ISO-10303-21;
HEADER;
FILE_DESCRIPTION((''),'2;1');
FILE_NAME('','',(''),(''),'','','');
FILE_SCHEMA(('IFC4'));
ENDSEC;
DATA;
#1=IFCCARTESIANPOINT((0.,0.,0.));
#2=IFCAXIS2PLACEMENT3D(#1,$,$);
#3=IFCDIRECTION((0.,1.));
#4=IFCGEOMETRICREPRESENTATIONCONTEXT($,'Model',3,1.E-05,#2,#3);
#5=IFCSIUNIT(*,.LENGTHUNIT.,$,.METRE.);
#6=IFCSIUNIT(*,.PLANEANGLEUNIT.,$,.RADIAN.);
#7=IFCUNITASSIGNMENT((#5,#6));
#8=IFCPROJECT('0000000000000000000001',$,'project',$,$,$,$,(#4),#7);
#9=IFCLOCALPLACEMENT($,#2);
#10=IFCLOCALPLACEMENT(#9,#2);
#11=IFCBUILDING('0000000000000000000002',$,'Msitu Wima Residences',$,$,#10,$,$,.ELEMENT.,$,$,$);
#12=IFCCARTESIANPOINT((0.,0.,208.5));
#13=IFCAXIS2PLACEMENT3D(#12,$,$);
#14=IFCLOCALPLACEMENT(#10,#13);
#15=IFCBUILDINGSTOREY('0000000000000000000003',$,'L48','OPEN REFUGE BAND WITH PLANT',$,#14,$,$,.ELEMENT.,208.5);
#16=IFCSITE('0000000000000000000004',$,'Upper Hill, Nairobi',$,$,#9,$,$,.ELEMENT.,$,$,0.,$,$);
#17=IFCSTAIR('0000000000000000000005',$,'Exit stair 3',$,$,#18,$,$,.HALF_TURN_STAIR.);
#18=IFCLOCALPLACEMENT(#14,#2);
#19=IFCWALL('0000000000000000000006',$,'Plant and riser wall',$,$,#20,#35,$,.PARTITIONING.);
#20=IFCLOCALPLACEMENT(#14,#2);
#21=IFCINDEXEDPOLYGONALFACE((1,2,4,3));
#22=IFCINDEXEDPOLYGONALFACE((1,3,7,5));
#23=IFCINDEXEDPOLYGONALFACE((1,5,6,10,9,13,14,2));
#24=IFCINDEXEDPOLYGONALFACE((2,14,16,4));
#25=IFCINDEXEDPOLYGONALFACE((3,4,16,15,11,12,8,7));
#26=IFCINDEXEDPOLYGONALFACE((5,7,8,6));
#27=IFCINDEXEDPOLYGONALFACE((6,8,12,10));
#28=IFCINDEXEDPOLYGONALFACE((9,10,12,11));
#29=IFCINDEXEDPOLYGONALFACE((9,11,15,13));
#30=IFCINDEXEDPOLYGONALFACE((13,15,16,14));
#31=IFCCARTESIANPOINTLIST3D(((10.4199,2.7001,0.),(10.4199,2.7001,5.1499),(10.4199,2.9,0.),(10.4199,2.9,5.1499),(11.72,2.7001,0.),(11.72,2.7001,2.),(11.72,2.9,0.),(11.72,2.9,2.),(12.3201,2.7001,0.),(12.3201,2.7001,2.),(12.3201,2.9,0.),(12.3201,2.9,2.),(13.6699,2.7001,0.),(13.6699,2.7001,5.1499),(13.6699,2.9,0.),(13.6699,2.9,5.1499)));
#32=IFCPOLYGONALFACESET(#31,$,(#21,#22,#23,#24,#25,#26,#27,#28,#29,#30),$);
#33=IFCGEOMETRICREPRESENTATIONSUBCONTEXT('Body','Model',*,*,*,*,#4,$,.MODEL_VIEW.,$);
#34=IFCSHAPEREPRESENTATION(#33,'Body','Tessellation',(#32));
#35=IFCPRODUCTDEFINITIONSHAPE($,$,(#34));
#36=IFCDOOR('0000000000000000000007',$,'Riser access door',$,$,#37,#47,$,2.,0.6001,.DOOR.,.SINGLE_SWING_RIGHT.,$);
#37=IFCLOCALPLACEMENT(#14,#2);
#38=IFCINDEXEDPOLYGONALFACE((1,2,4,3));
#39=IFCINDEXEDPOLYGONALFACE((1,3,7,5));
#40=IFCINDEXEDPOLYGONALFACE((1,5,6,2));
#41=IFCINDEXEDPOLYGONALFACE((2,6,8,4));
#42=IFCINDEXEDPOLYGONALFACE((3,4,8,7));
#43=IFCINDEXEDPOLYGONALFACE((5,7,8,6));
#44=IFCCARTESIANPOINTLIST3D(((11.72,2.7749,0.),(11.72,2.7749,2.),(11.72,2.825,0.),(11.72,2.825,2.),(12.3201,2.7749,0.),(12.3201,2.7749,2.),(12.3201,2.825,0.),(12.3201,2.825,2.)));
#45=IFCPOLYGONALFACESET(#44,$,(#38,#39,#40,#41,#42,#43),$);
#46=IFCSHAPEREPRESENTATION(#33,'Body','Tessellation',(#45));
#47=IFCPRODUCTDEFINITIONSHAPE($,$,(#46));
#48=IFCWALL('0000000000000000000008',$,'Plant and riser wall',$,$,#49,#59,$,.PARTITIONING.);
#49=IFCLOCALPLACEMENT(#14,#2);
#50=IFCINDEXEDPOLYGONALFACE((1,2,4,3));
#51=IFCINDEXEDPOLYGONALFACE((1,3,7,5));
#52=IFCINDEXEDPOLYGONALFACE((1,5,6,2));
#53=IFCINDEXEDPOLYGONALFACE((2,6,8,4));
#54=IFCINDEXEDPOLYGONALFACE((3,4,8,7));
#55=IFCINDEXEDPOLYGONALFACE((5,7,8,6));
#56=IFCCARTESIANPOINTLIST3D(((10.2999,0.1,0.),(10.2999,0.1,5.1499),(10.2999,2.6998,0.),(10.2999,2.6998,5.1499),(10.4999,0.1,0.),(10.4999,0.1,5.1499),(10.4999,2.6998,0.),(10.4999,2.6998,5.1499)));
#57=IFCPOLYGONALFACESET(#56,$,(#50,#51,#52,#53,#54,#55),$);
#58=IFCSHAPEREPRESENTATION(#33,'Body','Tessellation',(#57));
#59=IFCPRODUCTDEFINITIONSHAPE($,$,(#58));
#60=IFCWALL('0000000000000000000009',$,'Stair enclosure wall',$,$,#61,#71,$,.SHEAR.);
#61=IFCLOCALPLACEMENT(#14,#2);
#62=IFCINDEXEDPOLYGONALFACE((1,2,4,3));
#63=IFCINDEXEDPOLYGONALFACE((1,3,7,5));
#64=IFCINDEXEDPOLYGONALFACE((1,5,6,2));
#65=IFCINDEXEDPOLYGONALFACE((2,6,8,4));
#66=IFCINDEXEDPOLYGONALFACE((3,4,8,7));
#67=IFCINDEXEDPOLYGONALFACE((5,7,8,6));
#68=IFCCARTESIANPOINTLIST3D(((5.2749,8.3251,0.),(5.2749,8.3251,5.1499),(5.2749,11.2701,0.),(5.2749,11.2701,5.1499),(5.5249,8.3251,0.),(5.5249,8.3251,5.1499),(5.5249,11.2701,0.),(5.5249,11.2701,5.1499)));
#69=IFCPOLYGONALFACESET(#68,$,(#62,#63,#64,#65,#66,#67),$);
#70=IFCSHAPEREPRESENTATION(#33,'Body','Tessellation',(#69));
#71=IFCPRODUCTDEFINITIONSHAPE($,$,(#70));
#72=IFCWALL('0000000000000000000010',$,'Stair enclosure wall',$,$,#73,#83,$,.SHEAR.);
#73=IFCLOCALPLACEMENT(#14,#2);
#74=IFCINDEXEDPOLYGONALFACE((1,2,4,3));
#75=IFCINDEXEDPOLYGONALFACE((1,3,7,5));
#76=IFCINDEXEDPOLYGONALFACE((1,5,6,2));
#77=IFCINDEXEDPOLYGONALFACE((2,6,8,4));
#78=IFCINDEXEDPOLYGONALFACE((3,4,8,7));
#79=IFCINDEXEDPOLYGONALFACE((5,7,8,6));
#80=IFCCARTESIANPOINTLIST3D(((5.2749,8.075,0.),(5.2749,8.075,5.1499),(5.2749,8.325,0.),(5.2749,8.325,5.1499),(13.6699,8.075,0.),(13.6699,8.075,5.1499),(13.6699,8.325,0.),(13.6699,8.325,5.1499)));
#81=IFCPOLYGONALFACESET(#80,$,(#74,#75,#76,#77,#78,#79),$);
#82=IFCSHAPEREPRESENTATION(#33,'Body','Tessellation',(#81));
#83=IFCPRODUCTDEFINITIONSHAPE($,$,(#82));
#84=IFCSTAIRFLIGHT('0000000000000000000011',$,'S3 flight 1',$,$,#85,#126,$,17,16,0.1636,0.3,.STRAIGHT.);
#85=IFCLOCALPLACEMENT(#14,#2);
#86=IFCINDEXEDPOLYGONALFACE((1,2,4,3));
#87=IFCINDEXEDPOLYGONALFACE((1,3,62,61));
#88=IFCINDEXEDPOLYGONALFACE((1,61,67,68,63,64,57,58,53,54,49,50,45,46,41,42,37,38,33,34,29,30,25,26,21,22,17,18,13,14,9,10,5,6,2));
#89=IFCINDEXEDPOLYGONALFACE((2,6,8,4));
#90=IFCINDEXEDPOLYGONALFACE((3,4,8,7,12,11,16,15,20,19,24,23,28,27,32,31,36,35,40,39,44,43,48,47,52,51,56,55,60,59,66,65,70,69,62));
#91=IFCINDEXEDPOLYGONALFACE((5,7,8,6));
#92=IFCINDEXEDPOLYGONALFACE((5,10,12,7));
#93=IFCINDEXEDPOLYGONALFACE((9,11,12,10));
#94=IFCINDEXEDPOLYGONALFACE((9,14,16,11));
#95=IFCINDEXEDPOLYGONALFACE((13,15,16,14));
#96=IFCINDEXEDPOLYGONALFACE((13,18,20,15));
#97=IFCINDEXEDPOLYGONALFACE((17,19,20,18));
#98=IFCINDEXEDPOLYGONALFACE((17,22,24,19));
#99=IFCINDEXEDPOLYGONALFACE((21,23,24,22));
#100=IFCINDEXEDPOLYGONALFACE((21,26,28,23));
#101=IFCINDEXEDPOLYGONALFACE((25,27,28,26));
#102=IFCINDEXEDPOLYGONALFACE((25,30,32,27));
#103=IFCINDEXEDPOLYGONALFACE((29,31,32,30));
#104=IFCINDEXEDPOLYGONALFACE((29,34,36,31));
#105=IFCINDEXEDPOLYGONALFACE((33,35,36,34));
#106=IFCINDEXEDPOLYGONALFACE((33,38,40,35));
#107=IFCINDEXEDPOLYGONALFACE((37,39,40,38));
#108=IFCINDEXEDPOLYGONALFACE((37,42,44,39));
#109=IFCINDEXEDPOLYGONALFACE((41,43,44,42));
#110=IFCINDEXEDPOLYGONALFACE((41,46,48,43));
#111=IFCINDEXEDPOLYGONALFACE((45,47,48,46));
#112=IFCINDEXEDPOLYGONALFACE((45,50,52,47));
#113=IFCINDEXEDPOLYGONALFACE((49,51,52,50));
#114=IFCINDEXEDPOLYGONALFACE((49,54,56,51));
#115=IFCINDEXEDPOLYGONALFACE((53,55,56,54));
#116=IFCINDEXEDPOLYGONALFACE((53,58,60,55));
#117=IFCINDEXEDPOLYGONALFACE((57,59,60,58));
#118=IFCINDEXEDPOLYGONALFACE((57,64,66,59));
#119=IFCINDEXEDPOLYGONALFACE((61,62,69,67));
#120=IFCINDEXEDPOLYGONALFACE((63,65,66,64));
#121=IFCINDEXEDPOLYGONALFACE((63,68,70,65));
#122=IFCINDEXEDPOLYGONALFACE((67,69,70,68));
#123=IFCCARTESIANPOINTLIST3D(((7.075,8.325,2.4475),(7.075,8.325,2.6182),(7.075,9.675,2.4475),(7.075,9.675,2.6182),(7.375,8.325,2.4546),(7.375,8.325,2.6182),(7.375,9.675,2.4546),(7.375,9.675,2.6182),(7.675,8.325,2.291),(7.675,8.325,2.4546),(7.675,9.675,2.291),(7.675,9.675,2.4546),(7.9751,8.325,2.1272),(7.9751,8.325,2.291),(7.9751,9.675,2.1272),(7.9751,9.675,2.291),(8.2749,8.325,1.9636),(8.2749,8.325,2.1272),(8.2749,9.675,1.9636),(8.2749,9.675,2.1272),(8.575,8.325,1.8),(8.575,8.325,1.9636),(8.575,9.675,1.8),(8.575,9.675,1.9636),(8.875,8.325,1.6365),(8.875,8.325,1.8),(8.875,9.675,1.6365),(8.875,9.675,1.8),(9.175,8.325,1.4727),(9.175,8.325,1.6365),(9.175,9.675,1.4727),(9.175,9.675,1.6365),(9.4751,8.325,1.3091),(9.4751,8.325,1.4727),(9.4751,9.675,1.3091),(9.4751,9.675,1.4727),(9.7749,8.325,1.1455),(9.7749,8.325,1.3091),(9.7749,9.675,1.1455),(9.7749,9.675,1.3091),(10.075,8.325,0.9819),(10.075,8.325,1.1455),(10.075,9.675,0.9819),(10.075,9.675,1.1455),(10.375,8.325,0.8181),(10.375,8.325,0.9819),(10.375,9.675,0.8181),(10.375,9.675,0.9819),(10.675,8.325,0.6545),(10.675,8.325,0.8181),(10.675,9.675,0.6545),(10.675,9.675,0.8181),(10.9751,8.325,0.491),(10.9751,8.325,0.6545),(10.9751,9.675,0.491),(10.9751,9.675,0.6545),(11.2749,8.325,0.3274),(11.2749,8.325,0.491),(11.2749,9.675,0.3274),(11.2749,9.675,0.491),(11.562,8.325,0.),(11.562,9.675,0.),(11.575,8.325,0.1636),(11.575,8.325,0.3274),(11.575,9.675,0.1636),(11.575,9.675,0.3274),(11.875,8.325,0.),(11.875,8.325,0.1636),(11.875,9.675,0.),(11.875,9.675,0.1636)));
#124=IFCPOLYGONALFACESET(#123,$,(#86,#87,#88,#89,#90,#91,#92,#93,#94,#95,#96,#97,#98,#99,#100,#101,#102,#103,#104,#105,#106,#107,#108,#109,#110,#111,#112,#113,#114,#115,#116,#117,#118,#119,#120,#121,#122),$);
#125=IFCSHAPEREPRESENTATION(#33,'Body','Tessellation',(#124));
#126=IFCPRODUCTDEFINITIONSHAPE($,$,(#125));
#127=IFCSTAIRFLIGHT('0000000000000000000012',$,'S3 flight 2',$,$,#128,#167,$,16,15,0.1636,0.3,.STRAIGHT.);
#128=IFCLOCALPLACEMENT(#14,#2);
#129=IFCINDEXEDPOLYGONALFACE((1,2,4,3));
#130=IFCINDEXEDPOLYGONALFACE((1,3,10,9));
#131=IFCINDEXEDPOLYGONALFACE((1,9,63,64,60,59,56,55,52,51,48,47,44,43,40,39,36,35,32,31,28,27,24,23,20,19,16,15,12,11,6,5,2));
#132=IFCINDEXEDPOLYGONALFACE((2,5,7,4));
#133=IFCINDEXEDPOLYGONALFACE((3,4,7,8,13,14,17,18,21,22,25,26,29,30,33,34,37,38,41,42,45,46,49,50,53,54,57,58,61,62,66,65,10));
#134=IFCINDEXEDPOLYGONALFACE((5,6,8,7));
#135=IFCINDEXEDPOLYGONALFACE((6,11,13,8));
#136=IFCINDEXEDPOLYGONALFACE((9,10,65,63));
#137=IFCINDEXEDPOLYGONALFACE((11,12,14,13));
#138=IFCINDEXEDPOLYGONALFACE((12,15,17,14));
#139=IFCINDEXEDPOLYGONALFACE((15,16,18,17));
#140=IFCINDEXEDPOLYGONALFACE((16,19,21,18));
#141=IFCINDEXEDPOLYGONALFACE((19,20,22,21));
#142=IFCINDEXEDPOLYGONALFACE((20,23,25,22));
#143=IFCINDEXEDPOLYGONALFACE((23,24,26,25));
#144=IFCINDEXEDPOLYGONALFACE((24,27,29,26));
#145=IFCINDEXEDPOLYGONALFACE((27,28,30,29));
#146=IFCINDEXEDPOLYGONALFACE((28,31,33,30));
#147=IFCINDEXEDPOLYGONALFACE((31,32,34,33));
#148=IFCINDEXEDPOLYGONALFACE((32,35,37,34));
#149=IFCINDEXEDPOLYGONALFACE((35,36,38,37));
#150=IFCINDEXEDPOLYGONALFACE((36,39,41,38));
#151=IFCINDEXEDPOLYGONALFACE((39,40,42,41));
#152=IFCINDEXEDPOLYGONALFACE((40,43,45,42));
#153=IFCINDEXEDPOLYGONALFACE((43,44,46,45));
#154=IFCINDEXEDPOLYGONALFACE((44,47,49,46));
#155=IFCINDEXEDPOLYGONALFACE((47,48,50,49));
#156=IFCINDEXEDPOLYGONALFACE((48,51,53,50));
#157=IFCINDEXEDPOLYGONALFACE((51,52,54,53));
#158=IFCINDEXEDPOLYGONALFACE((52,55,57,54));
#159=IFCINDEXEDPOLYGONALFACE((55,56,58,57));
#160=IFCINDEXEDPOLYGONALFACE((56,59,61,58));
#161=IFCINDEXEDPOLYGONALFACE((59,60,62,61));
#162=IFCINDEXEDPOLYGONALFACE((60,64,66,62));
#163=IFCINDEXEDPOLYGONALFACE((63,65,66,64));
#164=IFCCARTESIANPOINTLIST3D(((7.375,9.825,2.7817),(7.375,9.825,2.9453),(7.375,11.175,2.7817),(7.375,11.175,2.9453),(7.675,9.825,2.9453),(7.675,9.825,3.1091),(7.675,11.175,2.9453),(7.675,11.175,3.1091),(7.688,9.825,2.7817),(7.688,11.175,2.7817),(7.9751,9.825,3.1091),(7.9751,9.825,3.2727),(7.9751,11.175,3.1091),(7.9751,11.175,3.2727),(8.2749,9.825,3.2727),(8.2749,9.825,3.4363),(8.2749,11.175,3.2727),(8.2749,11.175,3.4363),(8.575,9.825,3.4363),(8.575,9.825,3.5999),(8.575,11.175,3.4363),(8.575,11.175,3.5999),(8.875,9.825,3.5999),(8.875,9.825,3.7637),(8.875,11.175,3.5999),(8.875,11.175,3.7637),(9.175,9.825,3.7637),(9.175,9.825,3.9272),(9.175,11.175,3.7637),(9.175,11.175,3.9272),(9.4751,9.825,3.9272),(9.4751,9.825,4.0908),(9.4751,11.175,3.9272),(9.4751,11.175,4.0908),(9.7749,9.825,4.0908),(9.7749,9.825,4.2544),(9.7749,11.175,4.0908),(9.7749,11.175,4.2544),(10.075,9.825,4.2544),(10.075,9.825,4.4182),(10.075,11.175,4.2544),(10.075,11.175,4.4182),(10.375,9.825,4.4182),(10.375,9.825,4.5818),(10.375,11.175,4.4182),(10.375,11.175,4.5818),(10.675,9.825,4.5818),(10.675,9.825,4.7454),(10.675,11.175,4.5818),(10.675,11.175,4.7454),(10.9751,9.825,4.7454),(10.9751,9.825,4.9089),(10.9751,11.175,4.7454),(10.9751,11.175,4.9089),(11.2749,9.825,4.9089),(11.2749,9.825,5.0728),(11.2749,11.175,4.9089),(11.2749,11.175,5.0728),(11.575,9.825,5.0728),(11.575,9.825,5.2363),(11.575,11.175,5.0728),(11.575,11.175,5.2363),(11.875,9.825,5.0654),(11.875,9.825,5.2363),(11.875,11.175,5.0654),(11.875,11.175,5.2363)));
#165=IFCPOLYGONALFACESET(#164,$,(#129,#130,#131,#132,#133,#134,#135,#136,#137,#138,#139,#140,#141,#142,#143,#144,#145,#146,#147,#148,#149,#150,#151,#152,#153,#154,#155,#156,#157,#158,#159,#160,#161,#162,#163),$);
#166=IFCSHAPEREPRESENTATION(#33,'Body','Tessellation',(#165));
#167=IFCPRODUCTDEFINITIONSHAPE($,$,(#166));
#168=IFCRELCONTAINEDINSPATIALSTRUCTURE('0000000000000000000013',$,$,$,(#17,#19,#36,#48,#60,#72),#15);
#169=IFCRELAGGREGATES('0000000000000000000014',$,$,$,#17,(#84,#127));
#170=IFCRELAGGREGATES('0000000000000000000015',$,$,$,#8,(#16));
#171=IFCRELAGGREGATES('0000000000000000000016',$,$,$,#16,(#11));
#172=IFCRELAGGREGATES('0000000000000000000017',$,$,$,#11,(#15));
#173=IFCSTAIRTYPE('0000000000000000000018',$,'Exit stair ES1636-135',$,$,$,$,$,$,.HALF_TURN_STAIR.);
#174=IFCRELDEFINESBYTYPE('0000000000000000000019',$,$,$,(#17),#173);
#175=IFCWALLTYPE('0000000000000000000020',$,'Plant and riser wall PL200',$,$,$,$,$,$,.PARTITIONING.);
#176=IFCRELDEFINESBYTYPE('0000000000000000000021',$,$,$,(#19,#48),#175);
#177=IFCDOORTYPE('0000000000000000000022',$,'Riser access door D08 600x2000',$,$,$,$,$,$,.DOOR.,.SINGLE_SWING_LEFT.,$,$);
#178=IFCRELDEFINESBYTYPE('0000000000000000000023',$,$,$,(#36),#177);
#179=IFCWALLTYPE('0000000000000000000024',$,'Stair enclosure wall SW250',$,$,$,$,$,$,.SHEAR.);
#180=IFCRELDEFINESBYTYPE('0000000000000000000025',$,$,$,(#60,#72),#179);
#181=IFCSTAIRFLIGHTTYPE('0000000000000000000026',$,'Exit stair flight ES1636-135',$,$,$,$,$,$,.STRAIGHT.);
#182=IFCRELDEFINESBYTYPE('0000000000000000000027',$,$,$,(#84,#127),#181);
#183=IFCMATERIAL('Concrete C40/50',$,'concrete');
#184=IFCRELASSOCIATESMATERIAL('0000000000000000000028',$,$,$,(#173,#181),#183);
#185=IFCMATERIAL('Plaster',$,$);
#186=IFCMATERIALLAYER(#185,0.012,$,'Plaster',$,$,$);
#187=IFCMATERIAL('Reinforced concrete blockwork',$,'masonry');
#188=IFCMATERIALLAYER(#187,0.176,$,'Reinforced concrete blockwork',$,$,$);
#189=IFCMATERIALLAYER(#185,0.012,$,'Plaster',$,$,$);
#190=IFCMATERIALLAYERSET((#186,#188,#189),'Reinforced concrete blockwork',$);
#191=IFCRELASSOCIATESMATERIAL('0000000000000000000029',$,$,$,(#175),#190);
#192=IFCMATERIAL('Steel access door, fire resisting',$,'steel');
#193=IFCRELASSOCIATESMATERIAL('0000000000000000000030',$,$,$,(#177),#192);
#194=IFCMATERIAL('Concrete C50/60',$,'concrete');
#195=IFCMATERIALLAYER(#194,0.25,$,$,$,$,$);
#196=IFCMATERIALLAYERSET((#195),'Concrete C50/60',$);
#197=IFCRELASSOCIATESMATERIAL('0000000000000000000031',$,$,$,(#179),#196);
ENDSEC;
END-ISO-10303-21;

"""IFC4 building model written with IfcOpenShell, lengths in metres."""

from ifc_helpers import new_model, si_unit, direction, frame, frame_2d, origin, place, context, subcontext, project, spatial, polyline, rectangle, outline, extrude, material, layer, layer_set, type_object, element, fill, aggregate, save


model = new_model("IFC4")

# Units and contexts
model_context = context("Model", 3, precision=1e-05, world=origin(), true_north=direction((0.0, 1.0)))
body_context = subcontext(model_context, "Body", "Model", "MODEL_VIEW")
ifc_project = project(units=[si_unit("LENGTHUNIT", "METRE"), si_unit("PLANEANGLEUNIT", "RADIAN")], contexts=[model_context])

# Site, building, storey
site_placement = place(None, origin())
site = spatial("IfcSite", under=ifc_project, at=site_placement, Name="Upper Hill, Nairobi", CompositionType="ELEMENT", RefElevation=0.0)
building_placement = place(site_placement, origin())
building = spatial("IfcBuilding", under=site, at=building_placement, Name="Msitu Wima Residences", CompositionType="ELEMENT")
storey_placement = place(building_placement, frame((0.0, 0.0, 208.5)))
storey = spatial("IfcBuildingStorey", under=building, at=storey_placement, Name="L48", Description="OPEN REFUGE BAND WITH PLANT", CompositionType="ELEMENT", Elevation=208.5)

# Shared definitions
ifc_material_1 = material(Name="Concrete C50/60", Category="concrete")
ifc_material_2 = material(Name="Concrete C40/50", Category="concrete")

# Stair
stair_type = type_object("IfcStairType", Name="Exit stair ES1636-135", PredefinedType="HALF_TURN_STAIR", material=ifc_material_2)
stair_1_placement = place(storey_placement, origin())
stair_1 = element("IfcStair", 1, at=stair_1_placement, inside=storey, type_object=stair_type, Name="Exit stair 3", PredefinedType="HALF_TURN_STAIR")

# Shared definitions
ifc_material_3 = material(Name="Plaster")

# Shared definitions
ifc_layer_1 = layer(ifc_material_3, 0.012, Name="Plaster")
ifc_material_4 = material(Name="Reinforced concrete blockwork", Category="masonry")
ifc_layer_2 = layer(ifc_material_4, 0.176, Name="Reinforced concrete blockwork")
ifc_layer_3 = layer(ifc_material_3, 0.012, Name="Plaster")
ifc_layer_set_1 = layer_set([ifc_layer_1, ifc_layer_2, ifc_layer_3], Name="Reinforced concrete blockwork")
wall_type_1 = type_object("IfcWallType", Name="Plant and riser wall PL200", PredefinedType="PARTITIONING", material=ifc_layer_set_1)

# Wall, opening, door
wall_1_placement = place(storey_placement, frame((10.4199, 2.8, 0.0), z_axis=(0.0, 0.0, 1.0), x_axis=(1.0, 0.0, 0.0)))
wall_1 = element("IfcWall", 2, at=wall_1_placement, inside=storey, type_object=wall_type_1, Name="Plant and riser wall", PredefinedType="PARTITIONING", context=body_context, shape_type="SweptSolid", body=[
    extrude(rectangle(XDim=3.25, YDim=0.2, at=frame_2d((1.625, 0.0))), origin(), (0.0, 0.0, 1.0), 5.1499),
])
opening_1_placement = place(wall_1_placement, frame((1.3, 0.0, 0.0)))
opening_1 = element("IfcOpeningElement", 3, at=opening_1_placement, cuts=wall_1, PredefinedType="OPENING", context=body_context, shape_type="SweptSolid", body=[
    extrude(rectangle(XDim=0.6001, YDim=2.0, at=frame_2d((0.3, 1.0))), frame((0.0, 0.1099, 0.0), z_axis=(0.0, -1.0, 0.0), x_axis=(1.0, 0.0, 0.0)), (0.0, 0.0, 1.0), 0.22),
])
ifc_material_5 = material(Name="Steel access door, fire resisting", Category="steel")
door_type_1 = type_object("IfcDoorType", Name="Riser access door D08 600x2000", OperationType="SINGLE_SWING_LEFT", PredefinedType="DOOR", material=ifc_material_5)
door_1_placement = place(opening_1_placement, origin())
door_1 = element("IfcDoor", 4, at=door_1_placement, inside=storey, type_object=door_type_1, Name="Riser access door", OperationType="SINGLE_SWING_RIGHT", OverallHeight=2.0, OverallWidth=0.6001, PredefinedType="DOOR", context=body_context, shape_type="SweptSolid", body=[
    extrude(rectangle(XDim=0.6001, YDim=2.0, at=frame_2d((0.3, 1.0))), frame((0.0, 0.0249, 0.0), z_axis=(0.0, -1.0, 0.0), x_axis=(1.0, 0.0, 0.0)), (0.0, 0.0, 1.0), 0.05),
])
fill(opening_1, door_1)

# Walls
wall_2_placement = place(storey_placement, frame((10.3999, 0.1001, 0.0), z_axis=(0.0, 0.0, 1.0), x_axis=(0.0, 1.0, 0.0)))
element("IfcWall", 5, at=wall_2_placement, inside=storey, type_object=wall_type_1, Name="Plant and riser wall", PredefinedType="PARTITIONING", context=body_context, shape_type="SweptSolid", body=[
    extrude(rectangle(XDim=2.5999, YDim=0.2, at=frame_2d((1.2998, 0.0))), origin(), (0.0, 0.0, 1.0), 5.1499),
])
ifc_layer_4 = layer(ifc_material_1, 0.25)
ifc_layer_set_2 = layer_set([ifc_layer_4], Name="Concrete C50/60")
wall_type_2 = type_object("IfcWallType", Name="Stair enclosure wall SW250", PredefinedType="SHEAR", material=ifc_layer_set_2)
wall_3_placement = place(storey_placement, frame((5.3999, 8.325, 0.0), z_axis=(0.0, 0.0, 1.0), x_axis=(0.0, 1.0, 0.0)))
element("IfcWall", 6, at=wall_3_placement, inside=storey, type_object=wall_type_2, Name="Stair enclosure wall", PredefinedType="SHEAR", context=body_context, shape_type="SweptSolid", body=[
    extrude(rectangle(XDim=2.9451, YDim=0.25, at=frame_2d((1.4727, 0.0))), origin(), (0.0, 0.0, 1.0), 5.1499),
])
wall_4_placement = place(storey_placement, frame((5.2749, 8.2, 0.0), z_axis=(0.0, 0.0, 1.0), x_axis=(1.0, 0.0, 0.0)))
element("IfcWall", 7, at=wall_4_placement, inside=storey, type_object=wall_type_2, Name="Stair enclosure wall", PredefinedType="SHEAR", context=body_context, shape_type="SweptSolid", body=[
    extrude(rectangle(XDim=8.395, YDim=0.25, at=frame_2d((4.1975, 0.0))), origin(), (0.0, 0.0, 1.0), 5.1499),
])

# Stair flights
stair_flight_type = type_object("IfcStairFlightType", Name="Exit stair flight ES1636-135", PredefinedType="STRAIGHT", material=ifc_material_2)
stair_flight_1_placement = place(storey_placement, frame((11.875, 9.0, 0.0), z_axis=(0.0, 0.0, 1.0), x_axis=(-1.0, 0.0, 0.0)))
stair_flight_1 = element("IfcStairFlight", 8, at=stair_flight_1_placement, type_object=stair_flight_type, Name="S3 flight 1", NumberOfRisers=17, NumberOfTreads=16, PredefinedType="STRAIGHT", RiserHeight=0.1636, TreadLength=0.3, context=body_context, shape_type="SweptSolid", body=[
    extrude(outline(polyline([(0.0, 0.0), (0.0, 0.1636), (0.3, 0.1636), (0.3, 0.3274), (0.6001, 0.3274), (0.6001, 0.491), (0.8999, 0.491), (0.8999, 0.6545), (1.2, 0.6545), (1.2, 0.8181), (1.5, 0.8181), (1.5, 0.9819), (1.8, 0.9819), (1.8, 1.1455), (2.1001, 1.1455), (2.1001, 1.3091), (2.3999, 1.3091), (2.3999, 1.4727), (2.7, 1.4727), (2.7, 1.6365), (3.0, 1.6365), (3.0, 1.8), (3.3, 1.8), (3.3, 1.9636), (3.6001, 1.9636), (3.6001, 2.1272), (3.8999, 2.1272), (3.8999, 2.291), (4.2, 2.291), (4.2, 2.4546), (4.5, 2.4546), (4.5, 2.6182), (4.8, 2.6182), (4.8, 2.7817), (4.8, 2.4475), (0.313, 0.0), (0.0, 0.0)])), frame((0.0, 0.675, 0.0), z_axis=(0.0, -1.0, 0.0), x_axis=(1.0, 0.0, 0.0)), (0.0, 0.0, 1.0), 1.3501),
])
stair_flight_2_placement = place(storey_placement, frame((7.375, 10.5, 2.7817), z_axis=(0.0, 0.0, 1.0), x_axis=(1.0, 0.0, 0.0)))
stair_flight_2 = element("IfcStairFlight", 9, at=stair_flight_2_placement, type_object=stair_flight_type, Name="S3 flight 2", NumberOfRisers=16, NumberOfTreads=15, PredefinedType="STRAIGHT", RiserHeight=0.1636, TreadLength=0.3, context=body_context, shape_type="SweptSolid", body=[
    extrude(outline(polyline([(0.0, 0.0), (0.0, 0.1636), (0.3, 0.1636), (0.3, 0.3274), (0.6001, 0.3274), (0.6001, 0.491), (0.8999, 0.491), (0.8999, 0.6545), (1.2, 0.6545), (1.2, 0.8181), (1.5, 0.8181), (1.5, 0.9819), (1.8, 0.9819), (1.8, 1.1455), (2.1001, 1.1455), (2.1001, 1.3091), (2.3999, 1.3091), (2.3999, 1.4727), (2.7, 1.4727), (2.7, 1.6365), (3.0, 1.6365), (3.0, 1.8), (3.3, 1.8), (3.3, 1.9636), (3.6001, 1.9636), (3.6001, 2.1272), (3.8999, 2.1272), (3.8999, 2.291), (4.2, 2.291), (4.2, 2.4546), (4.5, 2.4546), (4.5, 2.6182), (4.5, 2.2837), (0.313, 0.0), (0.0, 0.0)])), frame((0.0, 0.675, 0.0), z_axis=(0.0, -1.0, 0.0), x_axis=(1.0, 0.0, 0.0)), (0.0, 0.0, 1.0), 1.3501),
])
aggregate(stair_1, [stair_flight_1, stair_flight_2])

save(model, "model.ifc")
